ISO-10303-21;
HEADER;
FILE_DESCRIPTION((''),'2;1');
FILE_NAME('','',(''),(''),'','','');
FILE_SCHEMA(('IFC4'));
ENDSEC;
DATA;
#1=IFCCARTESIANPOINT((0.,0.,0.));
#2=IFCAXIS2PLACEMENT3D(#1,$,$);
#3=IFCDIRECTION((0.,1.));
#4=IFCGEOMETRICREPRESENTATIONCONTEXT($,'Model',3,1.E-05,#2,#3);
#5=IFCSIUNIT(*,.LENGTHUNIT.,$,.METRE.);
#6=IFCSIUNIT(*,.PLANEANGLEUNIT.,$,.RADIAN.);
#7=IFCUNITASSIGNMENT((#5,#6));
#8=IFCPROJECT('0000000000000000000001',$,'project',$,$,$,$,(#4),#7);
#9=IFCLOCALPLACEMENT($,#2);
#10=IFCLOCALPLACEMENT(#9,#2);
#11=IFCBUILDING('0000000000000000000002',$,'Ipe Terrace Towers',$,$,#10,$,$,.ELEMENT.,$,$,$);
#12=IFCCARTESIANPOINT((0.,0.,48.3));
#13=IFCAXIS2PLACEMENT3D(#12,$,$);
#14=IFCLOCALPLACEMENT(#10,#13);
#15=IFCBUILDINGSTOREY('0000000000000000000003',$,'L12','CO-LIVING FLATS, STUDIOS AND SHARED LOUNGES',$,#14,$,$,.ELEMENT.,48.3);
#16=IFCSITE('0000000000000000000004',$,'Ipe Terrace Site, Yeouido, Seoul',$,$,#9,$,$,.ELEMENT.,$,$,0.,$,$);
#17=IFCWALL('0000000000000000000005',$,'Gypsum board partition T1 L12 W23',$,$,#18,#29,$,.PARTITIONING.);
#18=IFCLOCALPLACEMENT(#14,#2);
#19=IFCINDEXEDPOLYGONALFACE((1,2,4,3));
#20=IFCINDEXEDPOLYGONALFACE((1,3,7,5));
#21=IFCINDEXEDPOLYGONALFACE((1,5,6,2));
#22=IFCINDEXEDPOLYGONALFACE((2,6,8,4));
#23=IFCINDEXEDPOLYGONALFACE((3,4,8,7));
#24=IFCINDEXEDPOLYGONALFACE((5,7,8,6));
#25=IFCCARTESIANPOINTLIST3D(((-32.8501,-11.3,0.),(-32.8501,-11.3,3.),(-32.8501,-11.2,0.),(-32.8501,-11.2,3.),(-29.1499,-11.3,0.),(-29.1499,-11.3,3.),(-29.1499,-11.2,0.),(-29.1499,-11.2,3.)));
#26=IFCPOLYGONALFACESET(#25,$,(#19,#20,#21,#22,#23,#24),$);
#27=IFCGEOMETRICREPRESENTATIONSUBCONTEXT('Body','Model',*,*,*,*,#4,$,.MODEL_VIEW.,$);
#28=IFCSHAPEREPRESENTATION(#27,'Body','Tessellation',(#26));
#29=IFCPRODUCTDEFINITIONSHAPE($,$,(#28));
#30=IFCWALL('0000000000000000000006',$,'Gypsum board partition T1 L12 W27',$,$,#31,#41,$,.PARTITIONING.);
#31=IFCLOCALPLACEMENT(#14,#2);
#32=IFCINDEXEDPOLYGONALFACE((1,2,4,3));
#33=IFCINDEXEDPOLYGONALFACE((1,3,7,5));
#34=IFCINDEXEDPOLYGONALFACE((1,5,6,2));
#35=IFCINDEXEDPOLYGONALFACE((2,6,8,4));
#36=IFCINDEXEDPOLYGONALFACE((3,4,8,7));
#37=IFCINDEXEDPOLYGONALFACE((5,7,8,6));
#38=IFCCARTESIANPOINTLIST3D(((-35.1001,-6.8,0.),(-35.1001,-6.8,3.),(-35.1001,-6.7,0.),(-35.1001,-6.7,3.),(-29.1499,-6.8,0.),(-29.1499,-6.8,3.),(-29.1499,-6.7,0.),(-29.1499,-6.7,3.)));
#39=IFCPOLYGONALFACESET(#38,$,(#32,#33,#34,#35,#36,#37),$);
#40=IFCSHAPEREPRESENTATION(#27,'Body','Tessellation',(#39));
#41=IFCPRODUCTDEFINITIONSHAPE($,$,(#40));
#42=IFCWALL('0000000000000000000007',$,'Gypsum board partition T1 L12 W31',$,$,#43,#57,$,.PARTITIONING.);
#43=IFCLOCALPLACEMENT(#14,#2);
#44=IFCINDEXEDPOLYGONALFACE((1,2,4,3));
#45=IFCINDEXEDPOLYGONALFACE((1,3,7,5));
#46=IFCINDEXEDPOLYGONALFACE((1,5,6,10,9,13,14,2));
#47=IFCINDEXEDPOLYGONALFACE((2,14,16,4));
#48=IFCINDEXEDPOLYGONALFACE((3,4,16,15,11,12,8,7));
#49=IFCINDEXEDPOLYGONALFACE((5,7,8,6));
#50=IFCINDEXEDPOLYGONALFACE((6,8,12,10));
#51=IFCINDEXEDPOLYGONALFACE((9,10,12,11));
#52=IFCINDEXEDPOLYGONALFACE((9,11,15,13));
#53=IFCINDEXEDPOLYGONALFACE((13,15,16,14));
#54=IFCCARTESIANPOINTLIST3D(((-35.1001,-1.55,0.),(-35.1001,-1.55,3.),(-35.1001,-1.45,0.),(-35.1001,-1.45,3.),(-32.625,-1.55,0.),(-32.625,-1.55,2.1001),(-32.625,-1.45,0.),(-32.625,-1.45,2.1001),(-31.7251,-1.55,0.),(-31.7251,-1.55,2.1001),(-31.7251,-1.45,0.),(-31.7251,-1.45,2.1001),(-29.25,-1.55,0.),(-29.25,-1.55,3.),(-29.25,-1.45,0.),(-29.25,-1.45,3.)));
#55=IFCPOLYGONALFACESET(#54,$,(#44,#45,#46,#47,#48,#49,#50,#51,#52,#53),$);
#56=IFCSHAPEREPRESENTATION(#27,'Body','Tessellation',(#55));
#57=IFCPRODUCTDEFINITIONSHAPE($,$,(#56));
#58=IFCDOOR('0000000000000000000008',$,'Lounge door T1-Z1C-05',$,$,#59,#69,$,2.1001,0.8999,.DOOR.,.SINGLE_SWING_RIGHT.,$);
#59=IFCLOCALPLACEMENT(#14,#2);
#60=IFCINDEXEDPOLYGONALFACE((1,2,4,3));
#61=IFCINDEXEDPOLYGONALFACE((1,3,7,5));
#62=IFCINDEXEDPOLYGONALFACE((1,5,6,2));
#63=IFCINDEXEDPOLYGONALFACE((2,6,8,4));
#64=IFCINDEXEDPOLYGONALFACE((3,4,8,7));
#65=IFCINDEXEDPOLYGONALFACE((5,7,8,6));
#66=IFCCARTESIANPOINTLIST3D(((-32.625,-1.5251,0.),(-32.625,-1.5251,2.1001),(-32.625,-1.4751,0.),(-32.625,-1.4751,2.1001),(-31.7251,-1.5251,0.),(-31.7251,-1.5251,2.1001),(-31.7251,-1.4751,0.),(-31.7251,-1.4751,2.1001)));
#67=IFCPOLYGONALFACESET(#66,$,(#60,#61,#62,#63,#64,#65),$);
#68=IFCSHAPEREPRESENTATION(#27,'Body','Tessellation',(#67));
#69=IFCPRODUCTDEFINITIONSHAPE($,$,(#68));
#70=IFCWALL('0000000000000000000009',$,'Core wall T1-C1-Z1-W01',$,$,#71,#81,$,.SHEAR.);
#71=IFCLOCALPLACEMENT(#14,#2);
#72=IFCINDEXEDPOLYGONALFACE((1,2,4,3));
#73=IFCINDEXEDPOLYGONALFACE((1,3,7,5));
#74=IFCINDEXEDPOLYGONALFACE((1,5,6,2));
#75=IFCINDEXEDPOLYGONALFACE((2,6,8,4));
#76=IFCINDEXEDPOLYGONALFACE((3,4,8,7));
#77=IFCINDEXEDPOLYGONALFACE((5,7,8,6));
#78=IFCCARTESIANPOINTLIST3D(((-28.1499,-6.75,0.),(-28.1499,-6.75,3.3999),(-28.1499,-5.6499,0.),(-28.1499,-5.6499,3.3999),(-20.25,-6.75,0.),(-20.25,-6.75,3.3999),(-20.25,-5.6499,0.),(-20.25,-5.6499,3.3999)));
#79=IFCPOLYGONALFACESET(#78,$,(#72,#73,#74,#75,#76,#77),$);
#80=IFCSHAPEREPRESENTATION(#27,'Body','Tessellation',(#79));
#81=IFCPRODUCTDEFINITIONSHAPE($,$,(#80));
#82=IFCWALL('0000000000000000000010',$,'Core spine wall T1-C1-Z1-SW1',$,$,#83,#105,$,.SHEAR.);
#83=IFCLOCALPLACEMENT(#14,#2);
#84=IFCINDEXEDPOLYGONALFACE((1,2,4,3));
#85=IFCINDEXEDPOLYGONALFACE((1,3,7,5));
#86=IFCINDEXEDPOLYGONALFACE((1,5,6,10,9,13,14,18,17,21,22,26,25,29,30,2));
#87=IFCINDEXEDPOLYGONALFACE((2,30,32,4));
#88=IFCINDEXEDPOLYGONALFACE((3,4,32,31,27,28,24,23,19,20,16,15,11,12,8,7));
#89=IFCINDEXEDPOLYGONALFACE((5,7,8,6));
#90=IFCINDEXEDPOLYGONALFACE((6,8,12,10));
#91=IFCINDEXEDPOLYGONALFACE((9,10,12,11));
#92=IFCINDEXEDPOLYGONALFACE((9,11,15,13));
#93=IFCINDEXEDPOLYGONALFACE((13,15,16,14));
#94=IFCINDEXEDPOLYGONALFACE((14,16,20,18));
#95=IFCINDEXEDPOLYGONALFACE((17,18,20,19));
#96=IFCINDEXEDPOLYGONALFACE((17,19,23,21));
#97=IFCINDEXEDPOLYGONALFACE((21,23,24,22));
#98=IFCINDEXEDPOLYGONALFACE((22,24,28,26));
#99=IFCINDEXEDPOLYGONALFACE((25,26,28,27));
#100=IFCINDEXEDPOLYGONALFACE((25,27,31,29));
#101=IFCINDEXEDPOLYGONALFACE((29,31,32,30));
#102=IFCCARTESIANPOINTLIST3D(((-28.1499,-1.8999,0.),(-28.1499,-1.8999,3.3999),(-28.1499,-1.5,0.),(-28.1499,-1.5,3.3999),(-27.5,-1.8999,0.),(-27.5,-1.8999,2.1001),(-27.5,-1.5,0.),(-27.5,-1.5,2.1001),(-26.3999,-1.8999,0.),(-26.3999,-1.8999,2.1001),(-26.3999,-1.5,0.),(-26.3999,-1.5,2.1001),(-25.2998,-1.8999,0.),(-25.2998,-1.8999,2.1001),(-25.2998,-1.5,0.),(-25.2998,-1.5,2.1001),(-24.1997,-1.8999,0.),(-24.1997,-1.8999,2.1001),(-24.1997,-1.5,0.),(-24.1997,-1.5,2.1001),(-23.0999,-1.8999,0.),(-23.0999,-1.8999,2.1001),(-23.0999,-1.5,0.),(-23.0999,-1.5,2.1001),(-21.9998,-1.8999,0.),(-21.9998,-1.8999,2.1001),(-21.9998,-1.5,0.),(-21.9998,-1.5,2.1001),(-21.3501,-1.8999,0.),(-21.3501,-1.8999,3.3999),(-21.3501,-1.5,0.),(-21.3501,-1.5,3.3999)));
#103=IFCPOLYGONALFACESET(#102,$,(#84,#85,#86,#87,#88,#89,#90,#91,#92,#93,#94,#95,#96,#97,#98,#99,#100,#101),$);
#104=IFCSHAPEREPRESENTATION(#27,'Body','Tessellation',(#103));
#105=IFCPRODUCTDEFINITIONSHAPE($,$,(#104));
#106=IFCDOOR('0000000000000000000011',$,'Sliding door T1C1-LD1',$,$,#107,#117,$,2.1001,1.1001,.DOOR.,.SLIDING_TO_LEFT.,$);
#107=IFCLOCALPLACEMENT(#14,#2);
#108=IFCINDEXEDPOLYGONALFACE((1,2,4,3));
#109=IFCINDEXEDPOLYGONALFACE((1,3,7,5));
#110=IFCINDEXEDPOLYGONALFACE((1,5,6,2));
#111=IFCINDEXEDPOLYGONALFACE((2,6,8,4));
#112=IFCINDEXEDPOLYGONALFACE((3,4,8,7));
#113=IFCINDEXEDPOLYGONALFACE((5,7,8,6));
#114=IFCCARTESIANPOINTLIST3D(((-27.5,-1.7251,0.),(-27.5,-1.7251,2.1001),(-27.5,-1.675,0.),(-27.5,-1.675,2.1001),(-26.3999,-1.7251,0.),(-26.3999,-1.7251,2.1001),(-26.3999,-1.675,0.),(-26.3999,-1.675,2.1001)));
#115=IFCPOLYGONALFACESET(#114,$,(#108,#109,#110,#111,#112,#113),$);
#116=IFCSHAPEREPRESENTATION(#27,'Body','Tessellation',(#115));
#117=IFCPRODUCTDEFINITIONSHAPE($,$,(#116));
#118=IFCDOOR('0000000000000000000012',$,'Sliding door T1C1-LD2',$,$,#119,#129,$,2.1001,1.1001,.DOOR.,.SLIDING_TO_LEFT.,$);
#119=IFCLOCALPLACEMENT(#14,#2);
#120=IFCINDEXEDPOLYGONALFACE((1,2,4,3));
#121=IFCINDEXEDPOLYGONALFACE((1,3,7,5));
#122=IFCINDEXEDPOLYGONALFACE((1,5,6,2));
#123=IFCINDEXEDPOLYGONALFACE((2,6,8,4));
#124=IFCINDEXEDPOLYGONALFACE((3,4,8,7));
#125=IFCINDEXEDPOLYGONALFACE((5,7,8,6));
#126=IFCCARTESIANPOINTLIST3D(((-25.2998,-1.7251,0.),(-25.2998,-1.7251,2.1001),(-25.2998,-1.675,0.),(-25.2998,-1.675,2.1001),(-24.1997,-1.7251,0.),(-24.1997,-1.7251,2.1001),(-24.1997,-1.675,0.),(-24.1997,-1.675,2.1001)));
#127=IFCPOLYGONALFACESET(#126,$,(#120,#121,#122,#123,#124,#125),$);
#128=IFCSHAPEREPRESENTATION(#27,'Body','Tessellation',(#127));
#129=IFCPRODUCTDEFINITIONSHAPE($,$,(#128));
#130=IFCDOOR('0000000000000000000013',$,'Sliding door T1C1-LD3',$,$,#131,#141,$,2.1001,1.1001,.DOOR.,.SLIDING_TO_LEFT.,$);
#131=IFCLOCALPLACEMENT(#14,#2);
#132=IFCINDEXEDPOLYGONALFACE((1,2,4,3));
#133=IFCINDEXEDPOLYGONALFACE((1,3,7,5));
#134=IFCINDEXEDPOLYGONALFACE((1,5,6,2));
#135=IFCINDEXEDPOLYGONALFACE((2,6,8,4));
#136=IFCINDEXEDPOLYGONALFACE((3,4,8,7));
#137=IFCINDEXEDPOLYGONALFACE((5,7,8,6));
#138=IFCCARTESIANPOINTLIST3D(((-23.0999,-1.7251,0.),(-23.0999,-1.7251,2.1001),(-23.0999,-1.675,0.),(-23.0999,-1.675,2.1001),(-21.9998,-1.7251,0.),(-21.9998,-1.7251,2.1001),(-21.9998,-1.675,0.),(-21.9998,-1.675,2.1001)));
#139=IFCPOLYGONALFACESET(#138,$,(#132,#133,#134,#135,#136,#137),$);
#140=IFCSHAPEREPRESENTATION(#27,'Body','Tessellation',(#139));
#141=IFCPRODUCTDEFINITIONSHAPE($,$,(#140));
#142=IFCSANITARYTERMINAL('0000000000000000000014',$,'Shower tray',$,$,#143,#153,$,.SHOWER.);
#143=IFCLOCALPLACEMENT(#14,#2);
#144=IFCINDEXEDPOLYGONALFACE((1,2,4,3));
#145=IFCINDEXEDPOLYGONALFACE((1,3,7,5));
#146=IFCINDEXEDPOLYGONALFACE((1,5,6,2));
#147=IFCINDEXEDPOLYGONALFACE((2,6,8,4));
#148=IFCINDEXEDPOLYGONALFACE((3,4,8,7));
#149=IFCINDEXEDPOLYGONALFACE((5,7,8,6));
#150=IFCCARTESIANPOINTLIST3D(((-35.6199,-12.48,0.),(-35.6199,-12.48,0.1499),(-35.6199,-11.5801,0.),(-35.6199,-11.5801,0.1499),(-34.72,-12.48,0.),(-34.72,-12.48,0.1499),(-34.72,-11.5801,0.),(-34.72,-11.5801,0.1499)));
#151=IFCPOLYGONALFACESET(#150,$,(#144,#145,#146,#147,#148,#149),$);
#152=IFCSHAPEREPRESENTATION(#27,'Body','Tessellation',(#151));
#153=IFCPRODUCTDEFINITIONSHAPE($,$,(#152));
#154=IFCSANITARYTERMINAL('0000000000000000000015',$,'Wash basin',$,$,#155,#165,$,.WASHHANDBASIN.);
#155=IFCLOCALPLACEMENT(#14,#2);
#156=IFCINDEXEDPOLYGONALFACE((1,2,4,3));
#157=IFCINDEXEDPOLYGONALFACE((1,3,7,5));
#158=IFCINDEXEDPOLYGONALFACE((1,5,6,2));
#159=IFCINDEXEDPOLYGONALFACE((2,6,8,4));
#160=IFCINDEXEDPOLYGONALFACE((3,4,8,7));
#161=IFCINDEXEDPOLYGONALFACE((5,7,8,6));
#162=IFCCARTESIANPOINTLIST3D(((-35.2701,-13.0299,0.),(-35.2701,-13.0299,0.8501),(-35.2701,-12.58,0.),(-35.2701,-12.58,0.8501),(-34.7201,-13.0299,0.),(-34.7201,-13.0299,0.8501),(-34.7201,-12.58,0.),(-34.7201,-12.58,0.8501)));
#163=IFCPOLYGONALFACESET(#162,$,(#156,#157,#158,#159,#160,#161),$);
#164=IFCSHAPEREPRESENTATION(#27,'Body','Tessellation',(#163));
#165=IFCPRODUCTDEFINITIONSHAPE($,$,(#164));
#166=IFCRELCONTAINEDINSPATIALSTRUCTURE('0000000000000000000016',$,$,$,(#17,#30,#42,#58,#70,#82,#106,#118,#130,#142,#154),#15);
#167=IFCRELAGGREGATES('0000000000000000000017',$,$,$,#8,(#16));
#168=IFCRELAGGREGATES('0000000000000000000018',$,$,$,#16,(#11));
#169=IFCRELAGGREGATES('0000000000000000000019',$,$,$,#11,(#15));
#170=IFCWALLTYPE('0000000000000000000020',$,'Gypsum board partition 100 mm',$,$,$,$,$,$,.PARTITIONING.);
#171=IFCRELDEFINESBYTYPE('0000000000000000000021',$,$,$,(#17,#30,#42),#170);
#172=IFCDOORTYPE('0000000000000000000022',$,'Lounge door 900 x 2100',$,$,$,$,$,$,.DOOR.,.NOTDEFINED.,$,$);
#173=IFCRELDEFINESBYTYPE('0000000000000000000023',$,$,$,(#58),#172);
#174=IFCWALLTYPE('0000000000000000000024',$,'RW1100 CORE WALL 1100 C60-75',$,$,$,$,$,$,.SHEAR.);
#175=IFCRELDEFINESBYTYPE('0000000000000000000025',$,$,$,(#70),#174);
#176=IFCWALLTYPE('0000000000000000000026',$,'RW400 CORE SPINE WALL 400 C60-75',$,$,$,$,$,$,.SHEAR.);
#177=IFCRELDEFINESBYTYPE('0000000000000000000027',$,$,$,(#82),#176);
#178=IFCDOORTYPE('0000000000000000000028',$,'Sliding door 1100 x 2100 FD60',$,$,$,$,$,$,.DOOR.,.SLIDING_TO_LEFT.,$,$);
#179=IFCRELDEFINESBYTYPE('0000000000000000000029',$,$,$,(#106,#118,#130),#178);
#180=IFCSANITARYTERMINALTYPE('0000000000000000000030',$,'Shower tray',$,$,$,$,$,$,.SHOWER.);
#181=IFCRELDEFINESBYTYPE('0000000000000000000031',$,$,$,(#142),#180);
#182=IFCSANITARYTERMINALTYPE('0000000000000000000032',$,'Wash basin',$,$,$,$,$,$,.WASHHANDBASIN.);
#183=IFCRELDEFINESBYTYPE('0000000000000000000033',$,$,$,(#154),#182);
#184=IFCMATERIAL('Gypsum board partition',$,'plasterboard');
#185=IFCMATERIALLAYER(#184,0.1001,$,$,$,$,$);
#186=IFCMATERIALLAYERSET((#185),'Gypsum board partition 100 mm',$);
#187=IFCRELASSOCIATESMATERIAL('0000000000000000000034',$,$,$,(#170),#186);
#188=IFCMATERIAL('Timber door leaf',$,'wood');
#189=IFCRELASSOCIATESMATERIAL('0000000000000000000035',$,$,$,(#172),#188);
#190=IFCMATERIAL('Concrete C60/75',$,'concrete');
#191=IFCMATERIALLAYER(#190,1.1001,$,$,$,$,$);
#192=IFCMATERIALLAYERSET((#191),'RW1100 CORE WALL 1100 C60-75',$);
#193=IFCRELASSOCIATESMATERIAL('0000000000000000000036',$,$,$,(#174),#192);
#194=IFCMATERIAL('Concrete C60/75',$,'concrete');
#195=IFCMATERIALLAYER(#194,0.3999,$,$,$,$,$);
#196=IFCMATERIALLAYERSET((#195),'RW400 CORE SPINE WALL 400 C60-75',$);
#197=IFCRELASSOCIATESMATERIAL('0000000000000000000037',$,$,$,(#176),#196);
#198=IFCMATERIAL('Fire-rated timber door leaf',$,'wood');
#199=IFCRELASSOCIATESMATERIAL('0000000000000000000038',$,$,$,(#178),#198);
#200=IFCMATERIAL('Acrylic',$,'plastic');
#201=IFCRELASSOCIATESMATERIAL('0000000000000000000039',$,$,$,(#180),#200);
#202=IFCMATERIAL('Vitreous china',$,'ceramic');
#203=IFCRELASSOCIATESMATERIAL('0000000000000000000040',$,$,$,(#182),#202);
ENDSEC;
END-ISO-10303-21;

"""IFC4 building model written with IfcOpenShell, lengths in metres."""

from ifc_helpers import new_model, si_unit, direction, frame, frame_2d, origin, origin_2d, place, context, subcontext, project, spatial, rectangle, extrude, material, layer, layer_set, type_object, element, fill, save


model = new_model("IFC4")

# Units and contexts
model_context = context("Model", 3, precision=1e-05, world=origin(), true_north=direction((0.0, 1.0)))
body_context = subcontext(model_context, "Body", "Model", "MODEL_VIEW")
ifc_project = project(units=[si_unit("LENGTHUNIT", "METRE"), si_unit("PLANEANGLEUNIT", "RADIAN")], contexts=[model_context])

# Site, building, storey
site_placement = place(None, origin())
site = spatial("IfcSite", under=ifc_project, at=site_placement, Name="Ipe Terrace Site, Yeouido, Seoul", CompositionType="ELEMENT", RefElevation=0.0)
building_placement = place(site_placement, origin())
building = spatial("IfcBuilding", under=site, at=building_placement, Name="Ipe Terrace Towers", CompositionType="ELEMENT")
storey_placement = place(building_placement, frame((0.0, 0.0, 48.3)))
storey = spatial("IfcBuildingStorey", under=building, at=storey_placement, Name="L12", Description="CO-LIVING FLATS, STUDIOS AND SHARED LOUNGES", CompositionType="ELEMENT", Elevation=48.3)

# Shared definitions
ifc_material_1 = material(Name="Gypsum board partition", Category="plasterboard")
ifc_layer_1 = layer(ifc_material_1, 0.1001)
ifc_layer_set_1 = layer_set([ifc_layer_1], Name="Gypsum board partition 100 mm")
wall_type_1 = type_object("IfcWallType", Name="Gypsum board partition 100 mm", PredefinedType="PARTITIONING", material=ifc_layer_set_1)

# Shared definitions
ifc_material_2 = material(Name="Timber door leaf", Category="wood")
door_type_1 = type_object("IfcDoorType", Name="Lounge door 900 x 2100", OperationType="NOTDEFINED", PredefinedType="DOOR", material=ifc_material_2)

# Walls
wall_1_placement = place(storey_placement, frame((-32.8501, -11.25, 0.0), z_axis=(0.0, 0.0, 1.0), x_axis=(1.0, 0.0, 0.0)))
element("IfcWall", 1, at=wall_1_placement, inside=storey, type_object=wall_type_1, Name="Gypsum board partition T1 L12 W23", PredefinedType="PARTITIONING", context=body_context, shape_type="SweptSolid", body=[
    extrude(rectangle(XDim=3.7002, YDim=0.1001, at=frame_2d((1.8501, 0.0))), origin(), (0.0, 0.0, 1.0), 3.0),
])
wall_2_placement = place(storey_placement, frame((-35.1001, -6.75, 0.0), z_axis=(0.0, 0.0, 1.0), x_axis=(1.0, 0.0, 0.0)))
element("IfcWall", 2, at=wall_2_placement, inside=storey, type_object=wall_type_1, Name="Gypsum board partition T1 L12 W27", PredefinedType="PARTITIONING", context=body_context, shape_type="SweptSolid", body=[
    extrude(rectangle(XDim=5.9502, YDim=0.1001, at=frame_2d((2.9751, 0.0))), origin(), (0.0, 0.0, 1.0), 3.0),
])

# Wall, opening, door
wall_3_placement = place(storey_placement, frame((-35.1001, -1.5, 0.0), z_axis=(0.0, 0.0, 1.0), x_axis=(1.0, 0.0, 0.0)))
wall_3 = element("IfcWall", 3, at=wall_3_placement, inside=storey, type_object=wall_type_1, Name="Gypsum board partition T1 L12 W31", PredefinedType="PARTITIONING", context=body_context, shape_type="SweptSolid", body=[
    extrude(rectangle(XDim=5.8501, YDim=0.1001, at=frame_2d((2.925, 0.0))), origin(), (0.0, 0.0, 1.0), 3.0),
])
opening_1_placement = place(wall_3_placement, frame((2.4751, 0.0, 0.0)))
opening_1 = element("IfcOpeningElement", 4, at=opening_1_placement, cuts=wall_3, PredefinedType="OPENING", context=body_context, shape_type="SweptSolid", body=[
    extrude(rectangle(XDim=0.8999, YDim=2.1001, at=frame_2d((0.45, 1.05))), frame((0.0, 0.0601, 0.0), z_axis=(0.0, -1.0, 0.0), x_axis=(1.0, 0.0, 0.0)), (0.0, 0.0, 1.0), 0.1201),
])
door_1_placement = place(opening_1_placement, origin())
door_1 = element("IfcDoor", 5, at=door_1_placement, inside=storey, type_object=door_type_1, Name="Lounge door T1-Z1C-05", OperationType="SINGLE_SWING_RIGHT", OverallHeight=2.1001, OverallWidth=0.8999, PredefinedType="DOOR", context=body_context, shape_type="SweptSolid", body=[
    extrude(rectangle(XDim=0.8999, YDim=2.1001, at=frame_2d((0.45, 1.05))), frame((0.0, 0.0249, 0.0), z_axis=(0.0, -1.0, 0.0), x_axis=(1.0, 0.0, 0.0)), (0.0, 0.0, 1.0), 0.05),
])
fill(opening_1, door_1)

# Wall
ifc_material_3 = material(Name="Concrete C60/75", Category="concrete")
ifc_layer_2 = layer(ifc_material_3, 1.1001)
ifc_layer_set_2 = layer_set([ifc_layer_2], Name="RW1100 CORE WALL 1100 C60-75")
wall_type_2 = type_object("IfcWallType", Name="RW1100 CORE WALL 1100 C60-75", PredefinedType="SHEAR", material=ifc_layer_set_2)
wall_4_placement = place(storey_placement, frame((-28.1499, -6.2, 0.0), z_axis=(0.0, 0.0, 1.0), x_axis=(1.0, 0.0, 0.0)))
element("IfcWall", 6, at=wall_4_placement, inside=storey, type_object=wall_type_2, Name="Core wall T1-C1-Z1-W01", PredefinedType="SHEAR", context=body_context, shape_type="SweptSolid", body=[
    extrude(rectangle(XDim=7.8999, YDim=1.1001, at=frame_2d((3.95, 0.0))), origin(), (0.0, 0.0, 1.0), 3.3999),
])

# Wall, openings, doors
ifc_material_4 = material(Name="Concrete C60/75", Category="concrete")
ifc_layer_3 = layer(ifc_material_4, 0.3999)
ifc_layer_set_3 = layer_set([ifc_layer_3], Name="RW400 CORE SPINE WALL 400 C60-75")
wall_type_3 = type_object("IfcWallType", Name="RW400 CORE SPINE WALL 400 C60-75", PredefinedType="SHEAR", material=ifc_layer_set_3)
wall_5_placement = place(storey_placement, frame((-28.1499, -1.7, 0.0), z_axis=(0.0, 0.0, 1.0), x_axis=(1.0, 0.0, 0.0)))
wall_5 = element("IfcWall", 7, at=wall_5_placement, inside=storey, type_object=wall_type_3, Name="Core spine wall T1-C1-Z1-SW1", PredefinedType="SHEAR", context=body_context, shape_type="SweptSolid", body=[
    extrude(rectangle(XDim=6.7998, YDim=0.3999, at=frame_2d((3.3999, 0.0))), origin(), (0.0, 0.0, 1.0), 3.3999),
])
opening_2_placement = place(wall_5_placement, frame((0.6499, 0.0, 0.0)))
opening_2 = element("IfcOpeningElement", 8, at=opening_2_placement, cuts=wall_5, PredefinedType="OPENING", context=body_context, shape_type="SweptSolid", body=[
    extrude(rectangle(XDim=1.1001, YDim=2.1001, at=frame_2d((0.55, 1.05))), frame((0.0, 0.21, 0.0), z_axis=(0.0, -1.0, 0.0), x_axis=(1.0, 0.0, 0.0)), (0.0, 0.0, 1.0), 0.4199),
])
opening_3_placement = place(wall_5_placement, frame((2.8501, 0.0, 0.0)))
opening_3 = element("IfcOpeningElement", 9, at=opening_3_placement, cuts=wall_5, PredefinedType="OPENING", context=body_context, shape_type="SweptSolid", body=[
    extrude(rectangle(XDim=1.1001, YDim=2.1001, at=frame_2d((0.55, 1.05))), frame((0.0, 0.21, 0.0), z_axis=(0.0, -1.0, 0.0), x_axis=(1.0, 0.0, 0.0)), (0.0, 0.0, 1.0), 0.4199),
])
opening_4_placement = place(wall_5_placement, frame((5.05, 0.0, 0.0)))
opening_4 = element("IfcOpeningElement", 10, at=opening_4_placement, cuts=wall_5, PredefinedType="OPENING", context=body_context, shape_type="SweptSolid", body=[
    extrude(rectangle(XDim=1.1001, YDim=2.1001, at=frame_2d((0.55, 1.05))), frame((0.0, 0.21, 0.0), z_axis=(0.0, -1.0, 0.0), x_axis=(1.0, 0.0, 0.0)), (0.0, 0.0, 1.0), 0.4199),
])
ifc_material_5 = material(Name="Fire-rated timber door leaf", Category="wood")
door_type_2 = type_object("IfcDoorType", Name="Sliding door 1100 x 2100 FD60", OperationType="SLIDING_TO_LEFT", PredefinedType="DOOR", material=ifc_material_5)
door_2_placement = place(opening_2_placement, origin())
door_2 = element("IfcDoor", 11, at=door_2_placement, inside=storey, type_object=door_type_2, Name="Sliding door T1C1-LD1", OperationType="SLIDING_TO_LEFT", OverallHeight=2.1001, OverallWidth=1.1001, PredefinedType="DOOR", context=body_context, shape_type="SweptSolid", body=[
    extrude(rectangle(XDim=1.1001, YDim=2.1001, at=frame_2d((0.55, 1.05))), frame((0.0, 0.0249, 0.0), z_axis=(0.0, -1.0, 0.0), x_axis=(1.0, 0.0, 0.0)), (0.0, 0.0, 1.0), 0.05),
])
fill(opening_2, door_2)
door_3_placement = place(opening_3_placement, origin())
door_3 = element("IfcDoor", 12, at=door_3_placement, inside=storey, type_object=door_type_2, Name="Sliding door T1C1-LD2", OperationType="SLIDING_TO_LEFT", OverallHeight=2.1001, OverallWidth=1.1001, PredefinedType="DOOR", context=body_context, shape_type="SweptSolid", body=[
    extrude(rectangle(XDim=1.1001, YDim=2.1001, at=frame_2d((0.55, 1.05))), frame((0.0, 0.0249, 0.0), z_axis=(0.0, -1.0, 0.0), x_axis=(1.0, 0.0, 0.0)), (0.0, 0.0, 1.0), 0.05),
])
fill(opening_3, door_3)
door_4_placement = place(opening_4_placement, origin())
door_4 = element("IfcDoor", 13, at=door_4_placement, inside=storey, type_object=door_type_2, Name="Sliding door T1C1-LD3", OperationType="SLIDING_TO_LEFT", OverallHeight=2.1001, OverallWidth=1.1001, PredefinedType="DOOR", context=body_context, shape_type="SweptSolid", body=[
    extrude(rectangle(XDim=1.1001, YDim=2.1001, at=frame_2d((0.55, 1.05))), frame((0.0, 0.0249, 0.0), z_axis=(0.0, -1.0, 0.0), x_axis=(1.0, 0.0, 0.0)), (0.0, 0.0, 1.0), 0.05),
])
fill(opening_4, door_4)

# Sanitary terminals
ifc_material_6 = material(Name="Acrylic", Category="plastic")
sanitary_terminal_type_1 = type_object("IfcSanitaryTerminalType", Name="Shower tray", PredefinedType="SHOWER", material=ifc_material_6)
sanitary_terminal_1_placement = place(storey_placement, frame((-35.1699, -12.03, 0.0), z_axis=(0.0, 0.0, 1.0), x_axis=(-1.0, 0.0, 0.0)))
element("IfcSanitaryTerminal", 14, at=sanitary_terminal_1_placement, inside=storey, type_object=sanitary_terminal_type_1, Name="Shower tray", PredefinedType="SHOWER", context=body_context, shape_type="SweptSolid", body=[
    extrude(rectangle(XDim=0.8999, YDim=0.8999, at=origin_2d()), origin(), (0.0, 0.0, 1.0), 0.1499),
])
ifc_material_7 = material(Name="Vitreous china", Category="ceramic")
sanitary_terminal_type_2 = type_object("IfcSanitaryTerminalType", Name="Wash basin", PredefinedType="WASHHANDBASIN", material=ifc_material_7)
sanitary_terminal_2_placement = place(storey_placement, frame((-34.9951, -12.8049, 0.0), z_axis=(0.0, 0.0, 1.0), x_axis=(-1.0, 0.0, 0.0)))
element("IfcSanitaryTerminal", 15, at=sanitary_terminal_2_placement, inside=storey, type_object=sanitary_terminal_type_2, Name="Wash basin", PredefinedType="WASHHANDBASIN", context=body_context, shape_type="SweptSolid", body=[
    extrude(rectangle(XDim=0.55, YDim=0.45, at=origin_2d()), origin(), (0.0, 0.0, 1.0), 0.8501),
])

save(model, "model.ifc")
